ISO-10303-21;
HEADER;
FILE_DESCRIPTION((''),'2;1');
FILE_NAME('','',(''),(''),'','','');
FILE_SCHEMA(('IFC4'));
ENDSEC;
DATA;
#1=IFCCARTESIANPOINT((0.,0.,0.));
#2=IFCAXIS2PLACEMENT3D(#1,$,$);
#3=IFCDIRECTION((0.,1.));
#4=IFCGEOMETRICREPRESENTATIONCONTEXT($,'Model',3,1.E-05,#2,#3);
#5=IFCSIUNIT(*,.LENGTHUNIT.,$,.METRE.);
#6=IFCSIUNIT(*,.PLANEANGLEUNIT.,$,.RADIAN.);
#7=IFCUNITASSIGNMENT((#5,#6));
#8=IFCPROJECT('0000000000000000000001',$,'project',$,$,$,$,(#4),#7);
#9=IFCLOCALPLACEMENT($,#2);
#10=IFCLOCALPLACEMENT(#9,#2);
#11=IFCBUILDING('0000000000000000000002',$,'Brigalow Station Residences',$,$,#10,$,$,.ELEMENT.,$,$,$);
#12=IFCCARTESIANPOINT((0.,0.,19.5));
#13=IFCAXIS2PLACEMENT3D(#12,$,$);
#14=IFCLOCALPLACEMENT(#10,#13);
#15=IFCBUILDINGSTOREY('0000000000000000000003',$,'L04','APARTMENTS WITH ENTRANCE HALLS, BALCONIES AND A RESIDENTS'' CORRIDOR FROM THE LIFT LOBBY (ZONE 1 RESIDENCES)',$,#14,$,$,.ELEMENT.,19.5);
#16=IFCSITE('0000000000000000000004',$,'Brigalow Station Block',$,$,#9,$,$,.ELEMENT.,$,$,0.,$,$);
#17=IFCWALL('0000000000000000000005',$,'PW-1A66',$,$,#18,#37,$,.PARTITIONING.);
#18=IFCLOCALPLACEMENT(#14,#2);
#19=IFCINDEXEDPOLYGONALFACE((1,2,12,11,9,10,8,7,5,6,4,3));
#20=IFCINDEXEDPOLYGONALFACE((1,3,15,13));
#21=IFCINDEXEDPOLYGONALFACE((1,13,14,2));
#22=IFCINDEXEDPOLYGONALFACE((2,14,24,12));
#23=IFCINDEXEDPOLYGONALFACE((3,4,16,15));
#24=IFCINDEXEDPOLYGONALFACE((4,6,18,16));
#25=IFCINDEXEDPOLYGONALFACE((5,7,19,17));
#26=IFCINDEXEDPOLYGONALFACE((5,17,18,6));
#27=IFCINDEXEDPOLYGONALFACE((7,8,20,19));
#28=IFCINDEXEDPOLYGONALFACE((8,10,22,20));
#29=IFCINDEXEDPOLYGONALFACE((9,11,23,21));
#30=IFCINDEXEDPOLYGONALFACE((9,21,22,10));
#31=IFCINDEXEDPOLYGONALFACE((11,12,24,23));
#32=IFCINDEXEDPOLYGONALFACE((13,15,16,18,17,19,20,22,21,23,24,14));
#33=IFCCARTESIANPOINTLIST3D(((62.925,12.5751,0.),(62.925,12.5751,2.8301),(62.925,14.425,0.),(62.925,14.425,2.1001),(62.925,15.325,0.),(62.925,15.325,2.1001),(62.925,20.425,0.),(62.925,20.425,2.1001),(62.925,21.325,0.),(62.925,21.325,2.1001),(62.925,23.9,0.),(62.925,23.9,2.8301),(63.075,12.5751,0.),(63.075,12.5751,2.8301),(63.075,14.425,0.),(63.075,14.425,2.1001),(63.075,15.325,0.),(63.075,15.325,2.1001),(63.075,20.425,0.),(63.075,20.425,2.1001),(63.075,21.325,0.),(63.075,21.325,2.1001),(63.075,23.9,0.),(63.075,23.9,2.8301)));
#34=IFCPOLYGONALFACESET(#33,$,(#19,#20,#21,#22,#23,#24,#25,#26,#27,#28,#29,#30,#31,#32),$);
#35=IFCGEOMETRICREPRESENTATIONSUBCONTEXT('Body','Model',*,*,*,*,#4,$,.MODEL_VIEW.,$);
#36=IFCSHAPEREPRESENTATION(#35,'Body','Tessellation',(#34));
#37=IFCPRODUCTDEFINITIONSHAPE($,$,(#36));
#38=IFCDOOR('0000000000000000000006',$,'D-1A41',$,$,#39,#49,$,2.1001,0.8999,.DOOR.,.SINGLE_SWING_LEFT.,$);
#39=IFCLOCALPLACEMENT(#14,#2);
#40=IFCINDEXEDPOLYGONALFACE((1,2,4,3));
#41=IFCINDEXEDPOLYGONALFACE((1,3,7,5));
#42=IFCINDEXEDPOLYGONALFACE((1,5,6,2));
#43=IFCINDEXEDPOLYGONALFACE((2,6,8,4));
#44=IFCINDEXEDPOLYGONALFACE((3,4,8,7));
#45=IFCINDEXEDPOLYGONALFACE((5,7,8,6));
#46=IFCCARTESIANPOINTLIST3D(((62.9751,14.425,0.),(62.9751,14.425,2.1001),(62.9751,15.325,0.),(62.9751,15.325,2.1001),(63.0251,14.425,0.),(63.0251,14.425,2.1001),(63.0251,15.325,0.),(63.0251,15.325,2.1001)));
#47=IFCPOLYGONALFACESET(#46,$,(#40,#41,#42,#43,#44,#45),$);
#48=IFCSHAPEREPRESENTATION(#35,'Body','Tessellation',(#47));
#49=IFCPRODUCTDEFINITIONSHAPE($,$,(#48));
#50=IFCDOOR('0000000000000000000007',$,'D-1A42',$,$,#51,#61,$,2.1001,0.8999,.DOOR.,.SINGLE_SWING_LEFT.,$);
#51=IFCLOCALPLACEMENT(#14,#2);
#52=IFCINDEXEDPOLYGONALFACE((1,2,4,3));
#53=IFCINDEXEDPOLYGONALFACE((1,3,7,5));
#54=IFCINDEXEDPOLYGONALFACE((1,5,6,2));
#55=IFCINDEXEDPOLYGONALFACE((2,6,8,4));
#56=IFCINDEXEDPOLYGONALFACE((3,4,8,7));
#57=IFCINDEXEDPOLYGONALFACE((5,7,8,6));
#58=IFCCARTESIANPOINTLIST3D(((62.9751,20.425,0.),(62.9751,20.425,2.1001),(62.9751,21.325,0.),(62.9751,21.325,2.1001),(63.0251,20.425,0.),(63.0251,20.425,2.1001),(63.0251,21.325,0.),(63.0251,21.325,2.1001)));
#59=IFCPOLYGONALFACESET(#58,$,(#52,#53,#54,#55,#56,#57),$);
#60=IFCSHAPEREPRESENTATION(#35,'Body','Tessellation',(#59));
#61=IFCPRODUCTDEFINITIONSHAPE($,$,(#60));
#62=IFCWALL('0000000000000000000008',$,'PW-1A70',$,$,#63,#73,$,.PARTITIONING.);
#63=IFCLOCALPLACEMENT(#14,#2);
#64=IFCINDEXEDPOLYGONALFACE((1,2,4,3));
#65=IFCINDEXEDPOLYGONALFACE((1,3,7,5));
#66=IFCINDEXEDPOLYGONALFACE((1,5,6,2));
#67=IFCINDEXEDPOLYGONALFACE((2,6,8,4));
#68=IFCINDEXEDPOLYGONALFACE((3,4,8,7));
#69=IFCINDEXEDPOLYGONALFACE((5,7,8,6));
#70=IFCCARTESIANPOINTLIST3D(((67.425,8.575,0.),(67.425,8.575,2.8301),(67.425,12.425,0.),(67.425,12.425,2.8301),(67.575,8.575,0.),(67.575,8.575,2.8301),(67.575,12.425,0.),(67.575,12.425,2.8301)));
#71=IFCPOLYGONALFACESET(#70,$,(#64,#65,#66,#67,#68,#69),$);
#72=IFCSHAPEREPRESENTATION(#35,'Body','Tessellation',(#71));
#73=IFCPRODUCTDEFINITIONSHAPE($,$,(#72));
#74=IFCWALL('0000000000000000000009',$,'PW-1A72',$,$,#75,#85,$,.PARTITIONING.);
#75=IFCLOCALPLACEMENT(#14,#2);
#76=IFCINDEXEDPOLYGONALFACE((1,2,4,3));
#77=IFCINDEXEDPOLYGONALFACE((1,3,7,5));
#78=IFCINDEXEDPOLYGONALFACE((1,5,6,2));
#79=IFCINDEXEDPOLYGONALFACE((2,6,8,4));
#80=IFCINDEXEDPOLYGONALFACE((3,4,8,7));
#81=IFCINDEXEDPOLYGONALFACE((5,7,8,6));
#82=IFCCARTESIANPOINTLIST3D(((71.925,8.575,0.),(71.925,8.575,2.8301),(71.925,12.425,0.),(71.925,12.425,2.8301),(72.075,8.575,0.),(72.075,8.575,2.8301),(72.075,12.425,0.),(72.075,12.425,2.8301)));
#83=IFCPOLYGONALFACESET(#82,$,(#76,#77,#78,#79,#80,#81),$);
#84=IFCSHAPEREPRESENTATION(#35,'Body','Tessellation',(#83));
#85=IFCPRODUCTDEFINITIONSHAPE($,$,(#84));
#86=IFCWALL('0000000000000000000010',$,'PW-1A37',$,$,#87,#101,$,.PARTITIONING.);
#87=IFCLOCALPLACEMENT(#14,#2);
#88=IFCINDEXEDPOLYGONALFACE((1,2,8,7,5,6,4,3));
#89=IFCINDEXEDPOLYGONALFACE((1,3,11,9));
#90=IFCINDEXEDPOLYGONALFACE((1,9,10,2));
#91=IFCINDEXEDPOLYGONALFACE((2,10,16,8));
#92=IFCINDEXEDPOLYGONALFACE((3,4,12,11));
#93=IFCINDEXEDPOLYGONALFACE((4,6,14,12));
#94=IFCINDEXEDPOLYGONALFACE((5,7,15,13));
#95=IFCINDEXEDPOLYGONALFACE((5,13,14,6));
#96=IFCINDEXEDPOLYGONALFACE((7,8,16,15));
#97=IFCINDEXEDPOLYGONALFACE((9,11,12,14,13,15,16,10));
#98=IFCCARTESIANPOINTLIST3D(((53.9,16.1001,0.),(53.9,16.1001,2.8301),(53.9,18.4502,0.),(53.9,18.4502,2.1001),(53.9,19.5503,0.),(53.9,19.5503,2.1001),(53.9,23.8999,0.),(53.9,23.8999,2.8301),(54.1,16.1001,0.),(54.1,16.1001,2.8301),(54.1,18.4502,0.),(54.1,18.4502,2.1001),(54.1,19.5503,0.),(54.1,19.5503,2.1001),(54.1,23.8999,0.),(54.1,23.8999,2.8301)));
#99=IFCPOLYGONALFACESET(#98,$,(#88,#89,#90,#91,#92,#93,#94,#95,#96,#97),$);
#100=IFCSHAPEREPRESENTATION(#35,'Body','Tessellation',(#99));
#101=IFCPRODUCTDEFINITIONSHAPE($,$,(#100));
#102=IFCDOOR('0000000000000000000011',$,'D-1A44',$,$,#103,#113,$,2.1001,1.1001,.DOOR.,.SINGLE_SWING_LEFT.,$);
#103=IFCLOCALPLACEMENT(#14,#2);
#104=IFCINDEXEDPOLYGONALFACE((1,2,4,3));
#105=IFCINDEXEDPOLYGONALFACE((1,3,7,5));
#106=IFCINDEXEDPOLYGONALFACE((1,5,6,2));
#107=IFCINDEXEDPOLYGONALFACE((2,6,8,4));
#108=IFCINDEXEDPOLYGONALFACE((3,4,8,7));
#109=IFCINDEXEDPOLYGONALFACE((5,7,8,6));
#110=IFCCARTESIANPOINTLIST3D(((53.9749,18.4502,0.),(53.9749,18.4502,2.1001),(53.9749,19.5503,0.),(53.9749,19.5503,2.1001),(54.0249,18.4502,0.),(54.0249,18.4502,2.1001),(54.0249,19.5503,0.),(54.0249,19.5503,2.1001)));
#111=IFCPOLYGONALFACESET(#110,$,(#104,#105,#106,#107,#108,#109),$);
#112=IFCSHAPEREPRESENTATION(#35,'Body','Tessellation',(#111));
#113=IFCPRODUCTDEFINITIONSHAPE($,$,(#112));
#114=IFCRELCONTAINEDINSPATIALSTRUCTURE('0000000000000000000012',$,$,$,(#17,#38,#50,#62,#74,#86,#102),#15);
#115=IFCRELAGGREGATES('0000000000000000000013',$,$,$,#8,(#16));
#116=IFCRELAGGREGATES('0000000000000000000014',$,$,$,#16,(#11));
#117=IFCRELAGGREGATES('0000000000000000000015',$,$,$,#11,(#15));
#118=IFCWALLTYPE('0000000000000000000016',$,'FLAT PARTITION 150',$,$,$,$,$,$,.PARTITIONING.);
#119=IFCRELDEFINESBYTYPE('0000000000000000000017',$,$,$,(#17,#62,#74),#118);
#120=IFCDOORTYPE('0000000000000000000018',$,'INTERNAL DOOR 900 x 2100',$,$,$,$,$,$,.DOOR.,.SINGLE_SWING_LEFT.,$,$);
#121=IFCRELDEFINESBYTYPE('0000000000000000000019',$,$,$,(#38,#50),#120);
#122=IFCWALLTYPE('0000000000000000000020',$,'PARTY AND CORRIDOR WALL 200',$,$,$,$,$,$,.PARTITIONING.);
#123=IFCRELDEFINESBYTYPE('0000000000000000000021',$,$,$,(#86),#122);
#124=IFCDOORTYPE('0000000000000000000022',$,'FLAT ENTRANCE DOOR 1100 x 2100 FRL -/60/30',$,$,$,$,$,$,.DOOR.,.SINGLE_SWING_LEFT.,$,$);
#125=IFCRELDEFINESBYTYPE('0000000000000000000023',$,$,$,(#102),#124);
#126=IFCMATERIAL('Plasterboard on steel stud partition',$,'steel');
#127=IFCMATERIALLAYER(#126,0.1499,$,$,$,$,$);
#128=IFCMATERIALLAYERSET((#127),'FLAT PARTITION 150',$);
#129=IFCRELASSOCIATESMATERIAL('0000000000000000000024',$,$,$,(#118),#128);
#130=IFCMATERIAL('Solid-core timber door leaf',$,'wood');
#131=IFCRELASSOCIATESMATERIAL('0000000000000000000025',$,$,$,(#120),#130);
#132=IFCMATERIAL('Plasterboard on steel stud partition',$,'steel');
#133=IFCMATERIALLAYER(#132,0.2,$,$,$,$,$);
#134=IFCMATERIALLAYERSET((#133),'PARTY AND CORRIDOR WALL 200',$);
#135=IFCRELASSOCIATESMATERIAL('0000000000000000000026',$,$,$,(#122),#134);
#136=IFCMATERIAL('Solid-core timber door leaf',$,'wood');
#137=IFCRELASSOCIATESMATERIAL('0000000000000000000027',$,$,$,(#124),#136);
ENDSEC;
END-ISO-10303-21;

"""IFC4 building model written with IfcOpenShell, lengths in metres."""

from ifc_helpers import new_model, si_unit, direction, frame, frame_2d, origin, place, context, subcontext, project, spatial, rectangle, extrude, material, layer, layer_set, type_object, element, fill, save


model = new_model("IFC4")

# Units and contexts
model_context = context("Model", 3, precision=1e-05, world=origin(), true_north=direction((0.0, 1.0)))
body_context = subcontext(model_context, "Body", "Model", "MODEL_VIEW")
ifc_project = project(units=[si_unit("LENGTHUNIT", "METRE"), si_unit("PLANEANGLEUNIT", "RADIAN")], contexts=[model_context])

# Site, building, storey
site_placement = place(None, origin())
site = spatial("IfcSite", under=ifc_project, at=site_placement, Name="Brigalow Station Block", CompositionType="ELEMENT", RefElevation=0.0)
building_placement = place(site_placement, origin())
building = spatial("IfcBuilding", under=site, at=building_placement, Name="Brigalow Station Residences", CompositionType="ELEMENT")
storey_placement = place(building_placement, frame((0.0, 0.0, 19.5)))
storey = spatial("IfcBuildingStorey", under=building, at=storey_placement, Name="L04", Description="APARTMENTS WITH ENTRANCE HALLS, BALCONIES AND A RESIDENTS' CORRIDOR FROM THE LIFT LOBBY (ZONE 1 RESIDENCES)", CompositionType="ELEMENT", Elevation=19.5)

# Shared definitions
ifc_material_1 = material(Name="Plasterboard on steel stud partition", Category="steel")
ifc_layer_1 = layer(ifc_material_1, 0.1499)
ifc_layer_set_1 = layer_set([ifc_layer_1], Name="FLAT PARTITION 150")
wall_type_1 = type_object("IfcWallType", Name="FLAT PARTITION 150", PredefinedType="PARTITIONING", material=ifc_layer_set_1)

# Shared definitions
ifc_material_2 = material(Name="Solid-core timber door leaf", Category="wood")
door_type_1 = type_object("IfcDoorType", Name="INTERNAL DOOR 900 x 2100", OperationType="SINGLE_SWING_LEFT", PredefinedType="DOOR", material=ifc_material_2)

# Wall, openings, doors
wall_1_placement = place(storey_placement, frame((63.0, 12.575, 0.0), z_axis=(0.0, 0.0, 1.0), x_axis=(0.0, 1.0, 0.0)))
wall_1 = element("IfcWall", 1, at=wall_1_placement, inside=storey, type_object=wall_type_1, Name="PW-1A66", PredefinedType="PARTITIONING", context=body_context, shape_type="SweptSolid", body=[
    extrude(rectangle(XDim=11.325, YDim=0.1499, at=frame_2d((5.6626, 0.0))), origin(), (0.0, 0.0, 1.0), 2.8301),
])
opening_1_placement = place(wall_1_placement, frame((1.8501, 0.0, 0.0)))
opening_1 = element("IfcOpeningElement", 2, at=opening_1_placement, cuts=wall_1, PredefinedType="OPENING", context=body_context, shape_type="SweptSolid", body=[
    extrude(rectangle(XDim=0.8999, YDim=2.1001, at=frame_2d((0.45, 1.05))), frame((0.0, 0.085, 0.0), z_axis=(0.0, -1.0, 0.0), x_axis=(1.0, 0.0, 0.0)), (0.0, 0.0, 1.0), 0.1699),
])
opening_2_placement = place(wall_1_placement, frame((7.8501, 0.0, 0.0)))
opening_2 = element("IfcOpeningElement", 3, at=opening_2_placement, cuts=wall_1, PredefinedType="OPENING", context=body_context, shape_type="SweptSolid", body=[
    extrude(rectangle(XDim=0.8999, YDim=2.1001, at=frame_2d((0.45, 1.05))), frame((0.0, 0.085, 0.0), z_axis=(0.0, -1.0, 0.0), x_axis=(1.0, 0.0, 0.0)), (0.0, 0.0, 1.0), 0.1699),
])
door_1_placement = place(opening_1_placement, origin())
door_1 = element("IfcDoor", 4, at=door_1_placement, inside=storey, type_object=door_type_1, Name="D-1A41", OperationType="SINGLE_SWING_LEFT", OverallHeight=2.1001, OverallWidth=0.8999, PredefinedType="DOOR", context=body_context, shape_type="SweptSolid", body=[
    extrude(rectangle(XDim=0.8999, YDim=2.1001, at=frame_2d((0.45, 1.05))), frame((0.0, 0.0249, 0.0), z_axis=(0.0, -1.0, 0.0), x_axis=(1.0, 0.0, 0.0)), (0.0, 0.0, 1.0), 0.05),
])
fill(opening_1, door_1)
door_2_placement = place(opening_2_placement, origin())
door_2 = element("IfcDoor", 5, at=door_2_placement, inside=storey, type_object=door_type_1, Name="D-1A42", OperationType="SINGLE_SWING_LEFT", OverallHeight=2.1001, OverallWidth=0.8999, PredefinedType="DOOR", context=body_context, shape_type="SweptSolid", body=[
    extrude(rectangle(XDim=0.8999, YDim=2.1001, at=frame_2d((0.45, 1.05))), frame((0.0, 0.0249, 0.0), z_axis=(0.0, -1.0, 0.0), x_axis=(1.0, 0.0, 0.0)), (0.0, 0.0, 1.0), 0.05),
])
fill(opening_2, door_2)

# Walls
for number, where, z_axis, x_axis, name in (
    (6, (67.5, 8.575, 0.0), (0.0, 0.0, 1.0), (0.0, 1.0, 0.0), "PW-1A70"),
    (7, (72.0, 8.575, 0.0), (0.0, 0.0, 1.0), (0.0, 1.0, 0.0), "PW-1A72"),
):
    element("IfcWall", number, at=place(storey_placement, frame(where, z_axis=z_axis, x_axis=x_axis)), inside=storey, type_object=wall_type_1, Name=name, PredefinedType="PARTITIONING", context=body_context, shape_type="SweptSolid", body=[
        extrude(rectangle(XDim=3.8501, YDim=0.1499, at=frame_2d((1.925, 0.0))), origin(), (0.0, 0.0, 1.0), 2.8301),
    ])

# Wall, opening, door
ifc_material_3 = material(Name="Plasterboard on steel stud partition", Category="steel")
ifc_layer_2 = layer(ifc_material_3, 0.2)
ifc_layer_set_2 = layer_set([ifc_layer_2], Name="PARTY AND CORRIDOR WALL 200")
wall_type_2 = type_object("IfcWallType", Name="PARTY AND CORRIDOR WALL 200", PredefinedType="PARTITIONING", material=ifc_layer_set_2)
wall_2_placement = place(storey_placement, frame((54.0, 16.1001, 0.0), z_axis=(0.0, 0.0, 1.0), x_axis=(0.0, 1.0, 0.0)))
wall_2 = element("IfcWall", 8, at=wall_2_placement, inside=storey, type_object=wall_type_2, Name="PW-1A37", PredefinedType="PARTITIONING", context=body_context, shape_type="SweptSolid", body=[
    extrude(rectangle(XDim=7.7998, YDim=0.2, at=frame_2d((3.8999, 0.0))), origin(), (0.0, 0.0, 1.0), 2.8301),
])
opening_3_placement = place(wall_2_placement, frame((2.3501, 0.0, 0.0)))
opening_3 = element("IfcOpeningElement", 9, at=opening_3_placement, cuts=wall_2, PredefinedType="OPENING", context=body_context, shape_type="SweptSolid", body=[
    extrude(rectangle(XDim=1.1001, YDim=2.1001, at=frame_2d((0.55, 1.05))), frame((0.0, 0.1099, 0.0), z_axis=(0.0, -1.0, 0.0), x_axis=(1.0, 0.0, 0.0)), (0.0, 0.0, 1.0), 0.22),
])
ifc_material_4 = material(Name="Solid-core timber door leaf", Category="wood")
door_type_2 = type_object("IfcDoorType", Name="FLAT ENTRANCE DOOR 1100 x 2100 FRL -/60/30", OperationType="SINGLE_SWING_LEFT", PredefinedType="DOOR", material=ifc_material_4)
door_3_placement = place(opening_3_placement, frame((1.1001, 0.0, 0.0), z_axis=(0.0, 0.0, 1.0), x_axis=(-1.0, 0.0, 0.0)))
door_3 = element("IfcDoor", 10, at=door_3_placement, inside=storey, type_object=door_type_2, Name="D-1A44", OperationType="SINGLE_SWING_LEFT", OverallHeight=2.1001, OverallWidth=1.1001, PredefinedType="DOOR", context=body_context, shape_type="SweptSolid", body=[
    extrude(rectangle(XDim=1.1001, YDim=2.1001, at=frame_2d((0.55, 1.05))), frame((0.0, 0.0249, 0.0), z_axis=(0.0, -1.0, 0.0), x_axis=(1.0, 0.0, 0.0)), (0.0, 0.0, 1.0), 0.05),
])
fill(opening_3, door_3)

save(model, "model.ifc")
